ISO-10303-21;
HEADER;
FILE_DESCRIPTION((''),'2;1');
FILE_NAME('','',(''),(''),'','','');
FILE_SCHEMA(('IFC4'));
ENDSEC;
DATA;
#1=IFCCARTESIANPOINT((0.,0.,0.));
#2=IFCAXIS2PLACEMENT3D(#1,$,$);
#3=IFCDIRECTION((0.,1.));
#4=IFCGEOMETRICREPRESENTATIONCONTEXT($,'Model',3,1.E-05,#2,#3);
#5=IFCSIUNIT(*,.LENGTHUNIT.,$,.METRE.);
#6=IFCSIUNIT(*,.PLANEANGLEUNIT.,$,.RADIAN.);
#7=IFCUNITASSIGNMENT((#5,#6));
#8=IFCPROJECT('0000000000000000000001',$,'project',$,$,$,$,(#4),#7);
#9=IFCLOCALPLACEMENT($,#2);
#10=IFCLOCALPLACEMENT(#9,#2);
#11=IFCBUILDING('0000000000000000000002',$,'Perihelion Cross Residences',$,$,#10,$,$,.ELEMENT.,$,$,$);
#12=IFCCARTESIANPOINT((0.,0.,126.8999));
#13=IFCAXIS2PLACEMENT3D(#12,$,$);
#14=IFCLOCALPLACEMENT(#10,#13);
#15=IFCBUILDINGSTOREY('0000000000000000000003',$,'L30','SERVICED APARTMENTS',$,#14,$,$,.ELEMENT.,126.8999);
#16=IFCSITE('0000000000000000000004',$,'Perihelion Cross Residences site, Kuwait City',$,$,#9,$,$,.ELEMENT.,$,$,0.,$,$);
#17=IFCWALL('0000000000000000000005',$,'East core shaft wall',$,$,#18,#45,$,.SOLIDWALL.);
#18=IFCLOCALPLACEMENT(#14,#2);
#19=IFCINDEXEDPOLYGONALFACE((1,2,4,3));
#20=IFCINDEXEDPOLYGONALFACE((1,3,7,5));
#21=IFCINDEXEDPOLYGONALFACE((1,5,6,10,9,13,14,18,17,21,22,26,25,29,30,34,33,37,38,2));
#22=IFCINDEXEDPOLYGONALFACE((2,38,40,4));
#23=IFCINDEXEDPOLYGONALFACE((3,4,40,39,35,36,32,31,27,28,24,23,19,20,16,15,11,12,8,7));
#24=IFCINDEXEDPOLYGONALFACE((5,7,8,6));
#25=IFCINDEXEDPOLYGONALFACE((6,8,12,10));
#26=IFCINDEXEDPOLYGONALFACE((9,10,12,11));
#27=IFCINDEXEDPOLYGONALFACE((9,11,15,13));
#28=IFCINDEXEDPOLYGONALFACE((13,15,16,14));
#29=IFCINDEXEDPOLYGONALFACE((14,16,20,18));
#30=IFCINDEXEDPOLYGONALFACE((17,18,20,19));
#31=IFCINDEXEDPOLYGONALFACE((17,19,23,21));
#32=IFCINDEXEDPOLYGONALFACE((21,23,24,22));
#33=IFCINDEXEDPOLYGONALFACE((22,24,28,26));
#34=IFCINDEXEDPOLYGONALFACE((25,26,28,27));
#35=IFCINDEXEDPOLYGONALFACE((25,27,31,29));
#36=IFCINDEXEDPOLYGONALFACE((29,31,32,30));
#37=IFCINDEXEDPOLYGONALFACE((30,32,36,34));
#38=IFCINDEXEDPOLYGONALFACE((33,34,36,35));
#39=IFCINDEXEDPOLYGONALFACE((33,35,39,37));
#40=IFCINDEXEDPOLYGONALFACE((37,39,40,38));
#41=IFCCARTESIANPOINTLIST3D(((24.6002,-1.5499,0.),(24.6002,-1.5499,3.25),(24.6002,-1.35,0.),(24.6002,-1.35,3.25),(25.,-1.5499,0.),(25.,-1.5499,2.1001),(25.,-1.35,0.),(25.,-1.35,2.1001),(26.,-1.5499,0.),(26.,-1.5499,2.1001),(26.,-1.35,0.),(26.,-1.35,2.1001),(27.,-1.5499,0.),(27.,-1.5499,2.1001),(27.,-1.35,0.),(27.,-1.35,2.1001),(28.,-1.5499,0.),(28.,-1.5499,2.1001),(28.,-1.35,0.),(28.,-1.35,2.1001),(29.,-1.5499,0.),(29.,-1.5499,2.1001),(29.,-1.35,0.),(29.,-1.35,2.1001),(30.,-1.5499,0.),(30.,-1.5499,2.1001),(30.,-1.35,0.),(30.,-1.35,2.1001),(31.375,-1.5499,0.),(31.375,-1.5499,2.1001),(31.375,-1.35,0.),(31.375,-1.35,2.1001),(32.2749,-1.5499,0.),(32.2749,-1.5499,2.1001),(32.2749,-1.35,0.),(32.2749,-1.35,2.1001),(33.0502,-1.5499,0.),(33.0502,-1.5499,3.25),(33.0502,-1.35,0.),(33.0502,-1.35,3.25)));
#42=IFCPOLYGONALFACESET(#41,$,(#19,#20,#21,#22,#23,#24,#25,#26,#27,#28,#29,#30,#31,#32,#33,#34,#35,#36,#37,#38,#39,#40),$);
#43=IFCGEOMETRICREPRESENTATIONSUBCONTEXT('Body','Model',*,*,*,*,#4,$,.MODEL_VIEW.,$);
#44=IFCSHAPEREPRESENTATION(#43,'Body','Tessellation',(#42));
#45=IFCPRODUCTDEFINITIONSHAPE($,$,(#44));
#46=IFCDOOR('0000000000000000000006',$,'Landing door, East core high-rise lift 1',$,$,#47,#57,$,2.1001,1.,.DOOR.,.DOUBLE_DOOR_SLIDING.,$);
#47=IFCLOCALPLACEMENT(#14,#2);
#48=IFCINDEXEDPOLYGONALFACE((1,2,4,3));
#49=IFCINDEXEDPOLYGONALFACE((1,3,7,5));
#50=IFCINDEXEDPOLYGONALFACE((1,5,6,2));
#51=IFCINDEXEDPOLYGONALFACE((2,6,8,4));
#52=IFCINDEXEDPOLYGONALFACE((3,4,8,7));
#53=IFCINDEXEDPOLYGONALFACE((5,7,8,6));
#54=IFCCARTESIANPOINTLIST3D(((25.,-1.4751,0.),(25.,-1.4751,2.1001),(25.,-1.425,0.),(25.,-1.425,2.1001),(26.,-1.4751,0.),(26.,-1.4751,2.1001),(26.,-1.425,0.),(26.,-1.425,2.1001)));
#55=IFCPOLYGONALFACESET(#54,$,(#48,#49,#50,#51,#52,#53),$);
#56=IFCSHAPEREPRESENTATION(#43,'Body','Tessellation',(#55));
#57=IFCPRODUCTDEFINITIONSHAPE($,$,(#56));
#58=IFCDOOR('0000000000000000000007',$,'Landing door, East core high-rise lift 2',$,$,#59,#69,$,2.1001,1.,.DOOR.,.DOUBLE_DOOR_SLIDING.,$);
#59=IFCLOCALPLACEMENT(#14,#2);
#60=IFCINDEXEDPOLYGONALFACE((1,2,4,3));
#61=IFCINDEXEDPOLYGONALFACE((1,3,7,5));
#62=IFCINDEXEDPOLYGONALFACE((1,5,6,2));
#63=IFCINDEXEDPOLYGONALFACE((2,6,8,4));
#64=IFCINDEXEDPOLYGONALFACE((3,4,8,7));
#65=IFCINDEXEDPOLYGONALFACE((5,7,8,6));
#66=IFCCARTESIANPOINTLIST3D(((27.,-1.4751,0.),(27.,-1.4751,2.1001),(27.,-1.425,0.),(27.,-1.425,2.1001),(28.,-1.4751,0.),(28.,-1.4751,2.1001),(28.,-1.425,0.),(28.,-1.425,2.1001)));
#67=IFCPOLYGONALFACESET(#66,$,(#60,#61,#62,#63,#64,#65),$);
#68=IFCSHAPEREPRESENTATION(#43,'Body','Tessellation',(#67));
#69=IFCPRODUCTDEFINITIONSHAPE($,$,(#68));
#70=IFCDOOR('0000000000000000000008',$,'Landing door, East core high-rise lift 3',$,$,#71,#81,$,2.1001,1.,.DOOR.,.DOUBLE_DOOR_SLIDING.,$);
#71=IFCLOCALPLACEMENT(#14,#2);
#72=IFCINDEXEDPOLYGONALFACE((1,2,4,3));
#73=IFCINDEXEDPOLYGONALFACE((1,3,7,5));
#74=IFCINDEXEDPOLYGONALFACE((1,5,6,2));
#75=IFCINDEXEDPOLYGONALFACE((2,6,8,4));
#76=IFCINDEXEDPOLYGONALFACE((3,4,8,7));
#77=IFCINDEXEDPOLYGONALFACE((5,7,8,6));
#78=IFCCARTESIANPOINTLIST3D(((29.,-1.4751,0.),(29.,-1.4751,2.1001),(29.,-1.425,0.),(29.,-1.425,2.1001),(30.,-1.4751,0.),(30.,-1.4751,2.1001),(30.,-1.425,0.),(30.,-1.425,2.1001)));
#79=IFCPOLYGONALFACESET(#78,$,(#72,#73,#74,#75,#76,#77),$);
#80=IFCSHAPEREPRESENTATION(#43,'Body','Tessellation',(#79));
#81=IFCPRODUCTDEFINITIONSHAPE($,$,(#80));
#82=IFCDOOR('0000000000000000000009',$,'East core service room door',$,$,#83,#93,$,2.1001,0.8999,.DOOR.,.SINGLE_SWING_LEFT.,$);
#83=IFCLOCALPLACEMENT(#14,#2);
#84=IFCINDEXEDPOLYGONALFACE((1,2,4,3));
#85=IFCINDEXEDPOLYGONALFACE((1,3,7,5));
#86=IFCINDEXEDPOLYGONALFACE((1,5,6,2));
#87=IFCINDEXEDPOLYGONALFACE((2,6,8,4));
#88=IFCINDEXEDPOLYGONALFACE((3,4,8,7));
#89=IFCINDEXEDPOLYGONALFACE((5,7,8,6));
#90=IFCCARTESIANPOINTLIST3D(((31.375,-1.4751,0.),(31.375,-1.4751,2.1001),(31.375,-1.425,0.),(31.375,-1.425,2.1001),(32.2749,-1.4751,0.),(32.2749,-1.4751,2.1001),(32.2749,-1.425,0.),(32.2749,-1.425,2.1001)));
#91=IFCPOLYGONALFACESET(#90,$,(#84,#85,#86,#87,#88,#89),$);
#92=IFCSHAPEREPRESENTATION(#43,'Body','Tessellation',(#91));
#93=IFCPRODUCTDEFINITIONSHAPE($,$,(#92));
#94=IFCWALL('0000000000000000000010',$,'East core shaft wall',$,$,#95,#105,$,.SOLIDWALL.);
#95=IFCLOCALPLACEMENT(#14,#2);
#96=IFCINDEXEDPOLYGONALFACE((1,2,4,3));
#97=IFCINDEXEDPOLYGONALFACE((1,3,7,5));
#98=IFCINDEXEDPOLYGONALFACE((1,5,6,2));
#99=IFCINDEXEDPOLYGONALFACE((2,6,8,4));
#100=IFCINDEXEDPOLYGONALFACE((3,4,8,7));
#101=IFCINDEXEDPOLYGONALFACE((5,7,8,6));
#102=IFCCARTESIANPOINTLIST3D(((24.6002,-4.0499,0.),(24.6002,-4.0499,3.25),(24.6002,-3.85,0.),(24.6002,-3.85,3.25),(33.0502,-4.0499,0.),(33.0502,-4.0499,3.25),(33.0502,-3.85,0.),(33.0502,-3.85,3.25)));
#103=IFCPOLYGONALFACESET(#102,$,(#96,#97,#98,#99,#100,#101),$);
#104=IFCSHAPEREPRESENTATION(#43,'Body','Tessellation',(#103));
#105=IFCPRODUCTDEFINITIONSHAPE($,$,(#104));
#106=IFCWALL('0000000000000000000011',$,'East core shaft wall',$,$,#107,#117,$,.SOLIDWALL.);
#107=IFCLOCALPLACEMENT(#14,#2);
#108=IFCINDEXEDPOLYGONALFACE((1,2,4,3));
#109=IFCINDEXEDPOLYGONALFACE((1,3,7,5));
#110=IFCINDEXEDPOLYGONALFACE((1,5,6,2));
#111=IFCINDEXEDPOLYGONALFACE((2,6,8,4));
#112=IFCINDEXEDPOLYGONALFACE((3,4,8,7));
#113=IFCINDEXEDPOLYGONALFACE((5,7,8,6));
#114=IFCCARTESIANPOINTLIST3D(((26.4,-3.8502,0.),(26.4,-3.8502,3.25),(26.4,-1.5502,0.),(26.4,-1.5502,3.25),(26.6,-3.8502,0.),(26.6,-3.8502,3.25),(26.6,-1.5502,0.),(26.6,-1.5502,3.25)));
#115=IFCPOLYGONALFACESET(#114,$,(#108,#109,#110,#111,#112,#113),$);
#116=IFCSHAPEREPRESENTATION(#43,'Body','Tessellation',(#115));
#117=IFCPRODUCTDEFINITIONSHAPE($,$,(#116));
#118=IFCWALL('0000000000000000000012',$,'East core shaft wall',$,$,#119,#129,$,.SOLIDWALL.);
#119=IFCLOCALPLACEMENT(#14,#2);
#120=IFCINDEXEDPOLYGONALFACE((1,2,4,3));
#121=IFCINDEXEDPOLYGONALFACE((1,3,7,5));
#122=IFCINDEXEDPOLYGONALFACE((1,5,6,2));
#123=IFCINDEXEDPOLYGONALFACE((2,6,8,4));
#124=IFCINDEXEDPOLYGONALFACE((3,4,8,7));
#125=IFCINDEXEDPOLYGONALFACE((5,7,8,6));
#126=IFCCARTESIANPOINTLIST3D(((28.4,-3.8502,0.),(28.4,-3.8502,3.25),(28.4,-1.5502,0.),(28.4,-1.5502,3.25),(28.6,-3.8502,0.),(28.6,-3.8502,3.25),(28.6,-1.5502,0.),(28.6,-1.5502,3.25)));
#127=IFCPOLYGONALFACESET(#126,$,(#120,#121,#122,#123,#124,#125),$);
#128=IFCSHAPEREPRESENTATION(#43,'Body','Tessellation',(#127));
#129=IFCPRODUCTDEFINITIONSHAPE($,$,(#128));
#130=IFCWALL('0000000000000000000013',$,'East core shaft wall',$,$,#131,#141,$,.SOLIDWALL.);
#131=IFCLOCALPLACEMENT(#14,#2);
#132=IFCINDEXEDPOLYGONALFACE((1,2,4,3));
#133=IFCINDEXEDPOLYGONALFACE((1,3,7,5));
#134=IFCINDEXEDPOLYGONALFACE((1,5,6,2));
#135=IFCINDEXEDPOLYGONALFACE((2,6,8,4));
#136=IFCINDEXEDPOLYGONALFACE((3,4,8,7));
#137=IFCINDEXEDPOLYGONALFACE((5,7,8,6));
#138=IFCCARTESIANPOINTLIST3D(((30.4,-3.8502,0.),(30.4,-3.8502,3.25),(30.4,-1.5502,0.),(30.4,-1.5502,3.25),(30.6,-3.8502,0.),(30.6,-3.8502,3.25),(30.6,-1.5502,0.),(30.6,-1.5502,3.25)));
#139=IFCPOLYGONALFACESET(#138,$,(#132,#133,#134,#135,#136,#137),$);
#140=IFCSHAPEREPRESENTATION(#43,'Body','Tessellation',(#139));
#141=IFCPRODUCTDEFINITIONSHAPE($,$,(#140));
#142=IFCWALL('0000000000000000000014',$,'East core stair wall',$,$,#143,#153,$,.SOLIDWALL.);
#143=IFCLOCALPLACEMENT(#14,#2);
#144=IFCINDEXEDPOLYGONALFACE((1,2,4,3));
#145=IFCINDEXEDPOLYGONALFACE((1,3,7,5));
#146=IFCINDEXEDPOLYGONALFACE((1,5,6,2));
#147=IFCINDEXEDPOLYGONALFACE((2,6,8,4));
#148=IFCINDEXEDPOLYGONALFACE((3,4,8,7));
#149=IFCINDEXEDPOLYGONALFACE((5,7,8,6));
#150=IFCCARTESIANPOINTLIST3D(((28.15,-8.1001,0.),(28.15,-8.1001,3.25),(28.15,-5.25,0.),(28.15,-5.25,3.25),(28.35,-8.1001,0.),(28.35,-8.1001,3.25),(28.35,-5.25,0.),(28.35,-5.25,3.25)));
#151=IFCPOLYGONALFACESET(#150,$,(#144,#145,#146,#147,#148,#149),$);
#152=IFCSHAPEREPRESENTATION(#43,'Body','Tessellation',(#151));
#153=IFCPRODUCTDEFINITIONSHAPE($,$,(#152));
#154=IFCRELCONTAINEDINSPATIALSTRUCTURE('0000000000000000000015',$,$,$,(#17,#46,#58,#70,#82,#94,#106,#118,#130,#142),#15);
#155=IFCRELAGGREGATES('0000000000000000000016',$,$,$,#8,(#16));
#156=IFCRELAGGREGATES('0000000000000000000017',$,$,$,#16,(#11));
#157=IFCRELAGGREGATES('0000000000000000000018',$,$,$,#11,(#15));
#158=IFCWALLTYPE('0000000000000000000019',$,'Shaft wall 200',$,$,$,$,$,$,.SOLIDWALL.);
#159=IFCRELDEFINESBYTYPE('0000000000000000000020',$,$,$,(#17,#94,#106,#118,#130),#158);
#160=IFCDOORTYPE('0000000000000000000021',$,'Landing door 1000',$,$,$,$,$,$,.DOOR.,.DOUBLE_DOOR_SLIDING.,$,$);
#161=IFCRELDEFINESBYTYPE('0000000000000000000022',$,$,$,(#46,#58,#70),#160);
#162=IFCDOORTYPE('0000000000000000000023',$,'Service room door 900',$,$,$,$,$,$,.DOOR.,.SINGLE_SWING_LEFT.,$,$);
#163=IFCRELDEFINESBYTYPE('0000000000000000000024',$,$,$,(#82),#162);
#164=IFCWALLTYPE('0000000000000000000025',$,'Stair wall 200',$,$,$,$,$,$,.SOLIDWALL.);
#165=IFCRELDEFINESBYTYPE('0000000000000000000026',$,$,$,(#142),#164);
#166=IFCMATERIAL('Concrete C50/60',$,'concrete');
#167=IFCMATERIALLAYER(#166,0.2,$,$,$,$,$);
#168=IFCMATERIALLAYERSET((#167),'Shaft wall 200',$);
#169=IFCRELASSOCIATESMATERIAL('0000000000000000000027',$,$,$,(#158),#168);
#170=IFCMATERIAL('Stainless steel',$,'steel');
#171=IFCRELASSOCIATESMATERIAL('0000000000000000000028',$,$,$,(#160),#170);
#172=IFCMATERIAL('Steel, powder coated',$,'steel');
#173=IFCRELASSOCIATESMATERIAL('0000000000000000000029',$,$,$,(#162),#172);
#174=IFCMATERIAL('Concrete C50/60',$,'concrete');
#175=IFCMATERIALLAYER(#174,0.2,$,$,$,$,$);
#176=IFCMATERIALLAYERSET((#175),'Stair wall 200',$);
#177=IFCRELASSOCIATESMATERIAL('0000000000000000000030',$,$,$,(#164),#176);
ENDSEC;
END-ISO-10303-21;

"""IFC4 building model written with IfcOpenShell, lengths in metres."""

from ifc_helpers import new_model, si_unit, direction, frame, frame_2d, origin, place, context, subcontext, project, spatial, rectangle, extrude, material, layer, layer_set, type_object, element, fill, save


model = new_model("IFC4")

# Units and contexts
model_context = context("Model", 3, precision=1e-05, world=origin(), true_north=direction((0.0, 1.0)))
body_context = subcontext(model_context, "Body", "Model", "MODEL_VIEW")
ifc_project = project(units=[si_unit("LENGTHUNIT", "METRE"), si_unit("PLANEANGLEUNIT", "RADIAN")], contexts=[model_context])

# Site, building, storey
site_placement = place(None, origin())
site = spatial("IfcSite", under=ifc_project, at=site_placement, Name="Perihelion Cross Residences site, Kuwait City", CompositionType="ELEMENT", RefElevation=0.0)
building_placement = place(site_placement, origin())
building = spatial("IfcBuilding", under=site, at=building_placement, Name="Perihelion Cross Residences", CompositionType="ELEMENT")
storey_placement = place(building_placement, frame((0.0, 0.0, 126.8999)))
storey = spatial("IfcBuildingStorey", under=building, at=storey_placement, Name="L30", Description="SERVICED APARTMENTS", CompositionType="ELEMENT", Elevation=126.8999)

# Wall, openings, doors
ifc_material_1 = material(Name="Concrete C50/60", Category="concrete")
ifc_layer_1 = layer(ifc_material_1, 0.2)
ifc_layer_set_1 = layer_set([ifc_layer_1], Name="Shaft wall 200")
wall_type_1 = type_object("IfcWallType", Name="Shaft wall 200", PredefinedType="SOLIDWALL", material=ifc_layer_set_1)
wall_1_placement = place(storey_placement, frame((24.6001, -1.45, 0.0), z_axis=(0.0, 0.0, 1.0), x_axis=(1.0, 0.0, 0.0)))
wall_1 = element("IfcWall", 1, at=wall_1_placement, inside=storey, type_object=wall_type_1, Name="East core shaft wall", PredefinedType="SOLIDWALL", context=body_context, shape_type="SweptSolid", body=[
    extrude(rectangle(XDim=8.45, YDim=0.2, at=frame_2d((4.2251, 0.0))), origin(), (0.0, 0.0, 1.0), 3.25),
])
opening_1_placement = place(wall_1_placement, frame((0.3999, 0.0, 0.0)))
opening_1 = element("IfcOpeningElement", 2, at=opening_1_placement, cuts=wall_1, PredefinedType="OPENING", context=body_context, shape_type="SweptSolid", body=[
    extrude(rectangle(XDim=1.0, YDim=2.1001, at=frame_2d((0.5, 1.05))), frame((0.0, 0.1099, 0.0), z_axis=(0.0, -1.0, 0.0), x_axis=(1.0, 0.0, 0.0)), (0.0, 0.0, 1.0), 0.22),
])
opening_2_placement = place(wall_1_placement, frame((2.3999, 0.0, 0.0)))
opening_2 = element("IfcOpeningElement", 3, at=opening_2_placement, cuts=wall_1, PredefinedType="OPENING", context=body_context, shape_type="SweptSolid", body=[
    extrude(rectangle(XDim=1.0, YDim=2.1001, at=frame_2d((0.5, 1.05))), frame((0.0, 0.1099, 0.0), z_axis=(0.0, -1.0, 0.0), x_axis=(1.0, 0.0, 0.0)), (0.0, 0.0, 1.0), 0.22),
])
opening_3_placement = place(wall_1_placement, frame((4.3999, 0.0, 0.0)))
opening_3 = element("IfcOpeningElement", 4, at=opening_3_placement, cuts=wall_1, PredefinedType="OPENING", context=body_context, shape_type="SweptSolid", body=[
    extrude(rectangle(XDim=1.0, YDim=2.1001, at=frame_2d((0.5, 1.05))), frame((0.0, 0.1099, 0.0), z_axis=(0.0, -1.0, 0.0), x_axis=(1.0, 0.0, 0.0)), (0.0, 0.0, 1.0), 0.22),
])
opening_4_placement = place(wall_1_placement, frame((6.7749, 0.0, 0.0)))
opening_4 = element("IfcOpeningElement", 5, at=opening_4_placement, cuts=wall_1, PredefinedType="OPENING", context=body_context, shape_type="SweptSolid", body=[
    extrude(rectangle(XDim=0.8999, YDim=2.1001, at=frame_2d((0.45, 1.05))), frame((0.0, 0.1099, 0.0), z_axis=(0.0, -1.0, 0.0), x_axis=(1.0, 0.0, 0.0)), (0.0, 0.0, 1.0), 0.22),
])
ifc_material_2 = material(Name="Stainless steel", Category="steel")
door_type_1 = type_object("IfcDoorType", Name="Landing door 1000", OperationType="DOUBLE_DOOR_SLIDING", PredefinedType="DOOR", material=ifc_material_2)
door_1_placement = place(opening_1_placement, origin())
door_1 = element("IfcDoor", 6, at=door_1_placement, inside=storey, type_object=door_type_1, Name="Landing door, East core high-rise lift 1", OperationType="DOUBLE_DOOR_SLIDING", OverallHeight=2.1001, OverallWidth=1.0, PredefinedType="DOOR", context=body_context, shape_type="SweptSolid", body=[
    extrude(rectangle(XDim=1.0, YDim=2.1001, at=frame_2d((0.5, 1.05))), frame((0.0, 0.0249, 0.0), z_axis=(0.0, -1.0, 0.0), x_axis=(1.0, 0.0, 0.0)), (0.0, 0.0, 1.0), 0.05),
])
fill(opening_1, door_1)
door_2_placement = place(opening_2_placement, origin())
door_2 = element("IfcDoor", 7, at=door_2_placement, inside=storey, type_object=door_type_1, Name="Landing door, East core high-rise lift 2", OperationType="DOUBLE_DOOR_SLIDING", OverallHeight=2.1001, OverallWidth=1.0, PredefinedType="DOOR", context=body_context, shape_type="SweptSolid", body=[
    extrude(rectangle(XDim=1.0, YDim=2.1001, at=frame_2d((0.5, 1.05))), frame((0.0, 0.0249, 0.0), z_axis=(0.0, -1.0, 0.0), x_axis=(1.0, 0.0, 0.0)), (0.0, 0.0, 1.0), 0.05),
])
fill(opening_2, door_2)
door_3_placement = place(opening_3_placement, origin())
door_3 = element("IfcDoor", 8, at=door_3_placement, inside=storey, type_object=door_type_1, Name="Landing door, East core high-rise lift 3", OperationType="DOUBLE_DOOR_SLIDING", OverallHeight=2.1001, OverallWidth=1.0, PredefinedType="DOOR", context=body_context, shape_type="SweptSolid", body=[
    extrude(rectangle(XDim=1.0, YDim=2.1001, at=frame_2d((0.5, 1.05))), frame((0.0, 0.0249, 0.0), z_axis=(0.0, -1.0, 0.0), x_axis=(1.0, 0.0, 0.0)), (0.0, 0.0, 1.0), 0.05),
])
fill(opening_3, door_3)
ifc_material_3 = material(Name="Steel, powder coated", Category="steel")
door_type_2 = type_object("IfcDoorType", Name="Service room door 900", OperationType="SINGLE_SWING_LEFT", PredefinedType="DOOR", material=ifc_material_3)
door_4_placement = place(opening_4_placement, origin())
door_4 = element("IfcDoor", 9, at=door_4_placement, inside=storey, type_object=door_type_2, Name="East core service room door", OperationType="SINGLE_SWING_LEFT", OverallHeight=2.1001, OverallWidth=0.8999, PredefinedType="DOOR", context=body_context, shape_type="SweptSolid", body=[
    extrude(rectangle(XDim=0.8999, YDim=2.1001, at=frame_2d((0.45, 1.05))), frame((0.0, 0.0249, 0.0), z_axis=(0.0, -1.0, 0.0), x_axis=(1.0, 0.0, 0.0)), (0.0, 0.0, 1.0), 0.05),
])
fill(opening_4, door_4)

# Walls
wall_2_placement = place(storey_placement, frame((24.6001, -3.95, 0.0), z_axis=(0.0, 0.0, 1.0), x_axis=(1.0, 0.0, 0.0)))
element("IfcWall", 10, at=wall_2_placement, inside=storey, type_object=wall_type_1, Name="East core shaft wall", PredefinedType="SOLIDWALL", context=body_context, shape_type="SweptSolid", body=[
    extrude(rectangle(XDim=8.45, YDim=0.2, at=frame_2d((4.2251, 0.0))), origin(), (0.0, 0.0, 1.0), 3.25),
])
for number, where, z_axis, x_axis, name in (
    (11, (26.5, -3.8501, 0.0), (0.0, 0.0, 1.0), (0.0, 1.0, 0.0), "East core shaft wall"),
    (12, (28.5, -3.8501, 0.0), (0.0, 0.0, 1.0), (0.0, 1.0, 0.0), "East core shaft wall"),
    (13, (30.5, -3.8501, 0.0), (0.0, 0.0, 1.0), (0.0, 1.0, 0.0), "East core shaft wall"),
):
    element("IfcWall", number, at=place(storey_placement, frame(where, z_axis=z_axis, x_axis=x_axis)), inside=storey, type_object=wall_type_1, Name=name, PredefinedType="SOLIDWALL", context=body_context, shape_type="SweptSolid", body=[
        extrude(rectangle(XDim=2.3, YDim=0.2, at=frame_2d((1.1499, 0.0))), origin(), (0.0, 0.0, 1.0), 3.25),
    ])
ifc_material_4 = material(Name="Concrete C50/60", Category="concrete")
ifc_layer_2 = layer(ifc_material_4, 0.2)
ifc_layer_set_2 = layer_set([ifc_layer_2], Name="Stair wall 200")
wall_type_2 = type_object("IfcWallType", Name="Stair wall 200", PredefinedType="SOLIDWALL", material=ifc_layer_set_2)
wall_3_placement = place(storey_placement, frame((28.25, -8.1001, 0.0), z_axis=(0.0, 0.0, 1.0), x_axis=(0.0, 1.0, 0.0)))
element("IfcWall", 14, at=wall_3_placement, inside=storey, type_object=wall_type_2, Name="East core stair wall", PredefinedType="SOLIDWALL", context=body_context, shape_type="SweptSolid", body=[
    extrude(rectangle(XDim=2.8501, YDim=0.2, at=frame_2d((1.425, 0.0))), origin(), (0.0, 0.0, 1.0), 3.25),
])

save(model, "model.ifc")
